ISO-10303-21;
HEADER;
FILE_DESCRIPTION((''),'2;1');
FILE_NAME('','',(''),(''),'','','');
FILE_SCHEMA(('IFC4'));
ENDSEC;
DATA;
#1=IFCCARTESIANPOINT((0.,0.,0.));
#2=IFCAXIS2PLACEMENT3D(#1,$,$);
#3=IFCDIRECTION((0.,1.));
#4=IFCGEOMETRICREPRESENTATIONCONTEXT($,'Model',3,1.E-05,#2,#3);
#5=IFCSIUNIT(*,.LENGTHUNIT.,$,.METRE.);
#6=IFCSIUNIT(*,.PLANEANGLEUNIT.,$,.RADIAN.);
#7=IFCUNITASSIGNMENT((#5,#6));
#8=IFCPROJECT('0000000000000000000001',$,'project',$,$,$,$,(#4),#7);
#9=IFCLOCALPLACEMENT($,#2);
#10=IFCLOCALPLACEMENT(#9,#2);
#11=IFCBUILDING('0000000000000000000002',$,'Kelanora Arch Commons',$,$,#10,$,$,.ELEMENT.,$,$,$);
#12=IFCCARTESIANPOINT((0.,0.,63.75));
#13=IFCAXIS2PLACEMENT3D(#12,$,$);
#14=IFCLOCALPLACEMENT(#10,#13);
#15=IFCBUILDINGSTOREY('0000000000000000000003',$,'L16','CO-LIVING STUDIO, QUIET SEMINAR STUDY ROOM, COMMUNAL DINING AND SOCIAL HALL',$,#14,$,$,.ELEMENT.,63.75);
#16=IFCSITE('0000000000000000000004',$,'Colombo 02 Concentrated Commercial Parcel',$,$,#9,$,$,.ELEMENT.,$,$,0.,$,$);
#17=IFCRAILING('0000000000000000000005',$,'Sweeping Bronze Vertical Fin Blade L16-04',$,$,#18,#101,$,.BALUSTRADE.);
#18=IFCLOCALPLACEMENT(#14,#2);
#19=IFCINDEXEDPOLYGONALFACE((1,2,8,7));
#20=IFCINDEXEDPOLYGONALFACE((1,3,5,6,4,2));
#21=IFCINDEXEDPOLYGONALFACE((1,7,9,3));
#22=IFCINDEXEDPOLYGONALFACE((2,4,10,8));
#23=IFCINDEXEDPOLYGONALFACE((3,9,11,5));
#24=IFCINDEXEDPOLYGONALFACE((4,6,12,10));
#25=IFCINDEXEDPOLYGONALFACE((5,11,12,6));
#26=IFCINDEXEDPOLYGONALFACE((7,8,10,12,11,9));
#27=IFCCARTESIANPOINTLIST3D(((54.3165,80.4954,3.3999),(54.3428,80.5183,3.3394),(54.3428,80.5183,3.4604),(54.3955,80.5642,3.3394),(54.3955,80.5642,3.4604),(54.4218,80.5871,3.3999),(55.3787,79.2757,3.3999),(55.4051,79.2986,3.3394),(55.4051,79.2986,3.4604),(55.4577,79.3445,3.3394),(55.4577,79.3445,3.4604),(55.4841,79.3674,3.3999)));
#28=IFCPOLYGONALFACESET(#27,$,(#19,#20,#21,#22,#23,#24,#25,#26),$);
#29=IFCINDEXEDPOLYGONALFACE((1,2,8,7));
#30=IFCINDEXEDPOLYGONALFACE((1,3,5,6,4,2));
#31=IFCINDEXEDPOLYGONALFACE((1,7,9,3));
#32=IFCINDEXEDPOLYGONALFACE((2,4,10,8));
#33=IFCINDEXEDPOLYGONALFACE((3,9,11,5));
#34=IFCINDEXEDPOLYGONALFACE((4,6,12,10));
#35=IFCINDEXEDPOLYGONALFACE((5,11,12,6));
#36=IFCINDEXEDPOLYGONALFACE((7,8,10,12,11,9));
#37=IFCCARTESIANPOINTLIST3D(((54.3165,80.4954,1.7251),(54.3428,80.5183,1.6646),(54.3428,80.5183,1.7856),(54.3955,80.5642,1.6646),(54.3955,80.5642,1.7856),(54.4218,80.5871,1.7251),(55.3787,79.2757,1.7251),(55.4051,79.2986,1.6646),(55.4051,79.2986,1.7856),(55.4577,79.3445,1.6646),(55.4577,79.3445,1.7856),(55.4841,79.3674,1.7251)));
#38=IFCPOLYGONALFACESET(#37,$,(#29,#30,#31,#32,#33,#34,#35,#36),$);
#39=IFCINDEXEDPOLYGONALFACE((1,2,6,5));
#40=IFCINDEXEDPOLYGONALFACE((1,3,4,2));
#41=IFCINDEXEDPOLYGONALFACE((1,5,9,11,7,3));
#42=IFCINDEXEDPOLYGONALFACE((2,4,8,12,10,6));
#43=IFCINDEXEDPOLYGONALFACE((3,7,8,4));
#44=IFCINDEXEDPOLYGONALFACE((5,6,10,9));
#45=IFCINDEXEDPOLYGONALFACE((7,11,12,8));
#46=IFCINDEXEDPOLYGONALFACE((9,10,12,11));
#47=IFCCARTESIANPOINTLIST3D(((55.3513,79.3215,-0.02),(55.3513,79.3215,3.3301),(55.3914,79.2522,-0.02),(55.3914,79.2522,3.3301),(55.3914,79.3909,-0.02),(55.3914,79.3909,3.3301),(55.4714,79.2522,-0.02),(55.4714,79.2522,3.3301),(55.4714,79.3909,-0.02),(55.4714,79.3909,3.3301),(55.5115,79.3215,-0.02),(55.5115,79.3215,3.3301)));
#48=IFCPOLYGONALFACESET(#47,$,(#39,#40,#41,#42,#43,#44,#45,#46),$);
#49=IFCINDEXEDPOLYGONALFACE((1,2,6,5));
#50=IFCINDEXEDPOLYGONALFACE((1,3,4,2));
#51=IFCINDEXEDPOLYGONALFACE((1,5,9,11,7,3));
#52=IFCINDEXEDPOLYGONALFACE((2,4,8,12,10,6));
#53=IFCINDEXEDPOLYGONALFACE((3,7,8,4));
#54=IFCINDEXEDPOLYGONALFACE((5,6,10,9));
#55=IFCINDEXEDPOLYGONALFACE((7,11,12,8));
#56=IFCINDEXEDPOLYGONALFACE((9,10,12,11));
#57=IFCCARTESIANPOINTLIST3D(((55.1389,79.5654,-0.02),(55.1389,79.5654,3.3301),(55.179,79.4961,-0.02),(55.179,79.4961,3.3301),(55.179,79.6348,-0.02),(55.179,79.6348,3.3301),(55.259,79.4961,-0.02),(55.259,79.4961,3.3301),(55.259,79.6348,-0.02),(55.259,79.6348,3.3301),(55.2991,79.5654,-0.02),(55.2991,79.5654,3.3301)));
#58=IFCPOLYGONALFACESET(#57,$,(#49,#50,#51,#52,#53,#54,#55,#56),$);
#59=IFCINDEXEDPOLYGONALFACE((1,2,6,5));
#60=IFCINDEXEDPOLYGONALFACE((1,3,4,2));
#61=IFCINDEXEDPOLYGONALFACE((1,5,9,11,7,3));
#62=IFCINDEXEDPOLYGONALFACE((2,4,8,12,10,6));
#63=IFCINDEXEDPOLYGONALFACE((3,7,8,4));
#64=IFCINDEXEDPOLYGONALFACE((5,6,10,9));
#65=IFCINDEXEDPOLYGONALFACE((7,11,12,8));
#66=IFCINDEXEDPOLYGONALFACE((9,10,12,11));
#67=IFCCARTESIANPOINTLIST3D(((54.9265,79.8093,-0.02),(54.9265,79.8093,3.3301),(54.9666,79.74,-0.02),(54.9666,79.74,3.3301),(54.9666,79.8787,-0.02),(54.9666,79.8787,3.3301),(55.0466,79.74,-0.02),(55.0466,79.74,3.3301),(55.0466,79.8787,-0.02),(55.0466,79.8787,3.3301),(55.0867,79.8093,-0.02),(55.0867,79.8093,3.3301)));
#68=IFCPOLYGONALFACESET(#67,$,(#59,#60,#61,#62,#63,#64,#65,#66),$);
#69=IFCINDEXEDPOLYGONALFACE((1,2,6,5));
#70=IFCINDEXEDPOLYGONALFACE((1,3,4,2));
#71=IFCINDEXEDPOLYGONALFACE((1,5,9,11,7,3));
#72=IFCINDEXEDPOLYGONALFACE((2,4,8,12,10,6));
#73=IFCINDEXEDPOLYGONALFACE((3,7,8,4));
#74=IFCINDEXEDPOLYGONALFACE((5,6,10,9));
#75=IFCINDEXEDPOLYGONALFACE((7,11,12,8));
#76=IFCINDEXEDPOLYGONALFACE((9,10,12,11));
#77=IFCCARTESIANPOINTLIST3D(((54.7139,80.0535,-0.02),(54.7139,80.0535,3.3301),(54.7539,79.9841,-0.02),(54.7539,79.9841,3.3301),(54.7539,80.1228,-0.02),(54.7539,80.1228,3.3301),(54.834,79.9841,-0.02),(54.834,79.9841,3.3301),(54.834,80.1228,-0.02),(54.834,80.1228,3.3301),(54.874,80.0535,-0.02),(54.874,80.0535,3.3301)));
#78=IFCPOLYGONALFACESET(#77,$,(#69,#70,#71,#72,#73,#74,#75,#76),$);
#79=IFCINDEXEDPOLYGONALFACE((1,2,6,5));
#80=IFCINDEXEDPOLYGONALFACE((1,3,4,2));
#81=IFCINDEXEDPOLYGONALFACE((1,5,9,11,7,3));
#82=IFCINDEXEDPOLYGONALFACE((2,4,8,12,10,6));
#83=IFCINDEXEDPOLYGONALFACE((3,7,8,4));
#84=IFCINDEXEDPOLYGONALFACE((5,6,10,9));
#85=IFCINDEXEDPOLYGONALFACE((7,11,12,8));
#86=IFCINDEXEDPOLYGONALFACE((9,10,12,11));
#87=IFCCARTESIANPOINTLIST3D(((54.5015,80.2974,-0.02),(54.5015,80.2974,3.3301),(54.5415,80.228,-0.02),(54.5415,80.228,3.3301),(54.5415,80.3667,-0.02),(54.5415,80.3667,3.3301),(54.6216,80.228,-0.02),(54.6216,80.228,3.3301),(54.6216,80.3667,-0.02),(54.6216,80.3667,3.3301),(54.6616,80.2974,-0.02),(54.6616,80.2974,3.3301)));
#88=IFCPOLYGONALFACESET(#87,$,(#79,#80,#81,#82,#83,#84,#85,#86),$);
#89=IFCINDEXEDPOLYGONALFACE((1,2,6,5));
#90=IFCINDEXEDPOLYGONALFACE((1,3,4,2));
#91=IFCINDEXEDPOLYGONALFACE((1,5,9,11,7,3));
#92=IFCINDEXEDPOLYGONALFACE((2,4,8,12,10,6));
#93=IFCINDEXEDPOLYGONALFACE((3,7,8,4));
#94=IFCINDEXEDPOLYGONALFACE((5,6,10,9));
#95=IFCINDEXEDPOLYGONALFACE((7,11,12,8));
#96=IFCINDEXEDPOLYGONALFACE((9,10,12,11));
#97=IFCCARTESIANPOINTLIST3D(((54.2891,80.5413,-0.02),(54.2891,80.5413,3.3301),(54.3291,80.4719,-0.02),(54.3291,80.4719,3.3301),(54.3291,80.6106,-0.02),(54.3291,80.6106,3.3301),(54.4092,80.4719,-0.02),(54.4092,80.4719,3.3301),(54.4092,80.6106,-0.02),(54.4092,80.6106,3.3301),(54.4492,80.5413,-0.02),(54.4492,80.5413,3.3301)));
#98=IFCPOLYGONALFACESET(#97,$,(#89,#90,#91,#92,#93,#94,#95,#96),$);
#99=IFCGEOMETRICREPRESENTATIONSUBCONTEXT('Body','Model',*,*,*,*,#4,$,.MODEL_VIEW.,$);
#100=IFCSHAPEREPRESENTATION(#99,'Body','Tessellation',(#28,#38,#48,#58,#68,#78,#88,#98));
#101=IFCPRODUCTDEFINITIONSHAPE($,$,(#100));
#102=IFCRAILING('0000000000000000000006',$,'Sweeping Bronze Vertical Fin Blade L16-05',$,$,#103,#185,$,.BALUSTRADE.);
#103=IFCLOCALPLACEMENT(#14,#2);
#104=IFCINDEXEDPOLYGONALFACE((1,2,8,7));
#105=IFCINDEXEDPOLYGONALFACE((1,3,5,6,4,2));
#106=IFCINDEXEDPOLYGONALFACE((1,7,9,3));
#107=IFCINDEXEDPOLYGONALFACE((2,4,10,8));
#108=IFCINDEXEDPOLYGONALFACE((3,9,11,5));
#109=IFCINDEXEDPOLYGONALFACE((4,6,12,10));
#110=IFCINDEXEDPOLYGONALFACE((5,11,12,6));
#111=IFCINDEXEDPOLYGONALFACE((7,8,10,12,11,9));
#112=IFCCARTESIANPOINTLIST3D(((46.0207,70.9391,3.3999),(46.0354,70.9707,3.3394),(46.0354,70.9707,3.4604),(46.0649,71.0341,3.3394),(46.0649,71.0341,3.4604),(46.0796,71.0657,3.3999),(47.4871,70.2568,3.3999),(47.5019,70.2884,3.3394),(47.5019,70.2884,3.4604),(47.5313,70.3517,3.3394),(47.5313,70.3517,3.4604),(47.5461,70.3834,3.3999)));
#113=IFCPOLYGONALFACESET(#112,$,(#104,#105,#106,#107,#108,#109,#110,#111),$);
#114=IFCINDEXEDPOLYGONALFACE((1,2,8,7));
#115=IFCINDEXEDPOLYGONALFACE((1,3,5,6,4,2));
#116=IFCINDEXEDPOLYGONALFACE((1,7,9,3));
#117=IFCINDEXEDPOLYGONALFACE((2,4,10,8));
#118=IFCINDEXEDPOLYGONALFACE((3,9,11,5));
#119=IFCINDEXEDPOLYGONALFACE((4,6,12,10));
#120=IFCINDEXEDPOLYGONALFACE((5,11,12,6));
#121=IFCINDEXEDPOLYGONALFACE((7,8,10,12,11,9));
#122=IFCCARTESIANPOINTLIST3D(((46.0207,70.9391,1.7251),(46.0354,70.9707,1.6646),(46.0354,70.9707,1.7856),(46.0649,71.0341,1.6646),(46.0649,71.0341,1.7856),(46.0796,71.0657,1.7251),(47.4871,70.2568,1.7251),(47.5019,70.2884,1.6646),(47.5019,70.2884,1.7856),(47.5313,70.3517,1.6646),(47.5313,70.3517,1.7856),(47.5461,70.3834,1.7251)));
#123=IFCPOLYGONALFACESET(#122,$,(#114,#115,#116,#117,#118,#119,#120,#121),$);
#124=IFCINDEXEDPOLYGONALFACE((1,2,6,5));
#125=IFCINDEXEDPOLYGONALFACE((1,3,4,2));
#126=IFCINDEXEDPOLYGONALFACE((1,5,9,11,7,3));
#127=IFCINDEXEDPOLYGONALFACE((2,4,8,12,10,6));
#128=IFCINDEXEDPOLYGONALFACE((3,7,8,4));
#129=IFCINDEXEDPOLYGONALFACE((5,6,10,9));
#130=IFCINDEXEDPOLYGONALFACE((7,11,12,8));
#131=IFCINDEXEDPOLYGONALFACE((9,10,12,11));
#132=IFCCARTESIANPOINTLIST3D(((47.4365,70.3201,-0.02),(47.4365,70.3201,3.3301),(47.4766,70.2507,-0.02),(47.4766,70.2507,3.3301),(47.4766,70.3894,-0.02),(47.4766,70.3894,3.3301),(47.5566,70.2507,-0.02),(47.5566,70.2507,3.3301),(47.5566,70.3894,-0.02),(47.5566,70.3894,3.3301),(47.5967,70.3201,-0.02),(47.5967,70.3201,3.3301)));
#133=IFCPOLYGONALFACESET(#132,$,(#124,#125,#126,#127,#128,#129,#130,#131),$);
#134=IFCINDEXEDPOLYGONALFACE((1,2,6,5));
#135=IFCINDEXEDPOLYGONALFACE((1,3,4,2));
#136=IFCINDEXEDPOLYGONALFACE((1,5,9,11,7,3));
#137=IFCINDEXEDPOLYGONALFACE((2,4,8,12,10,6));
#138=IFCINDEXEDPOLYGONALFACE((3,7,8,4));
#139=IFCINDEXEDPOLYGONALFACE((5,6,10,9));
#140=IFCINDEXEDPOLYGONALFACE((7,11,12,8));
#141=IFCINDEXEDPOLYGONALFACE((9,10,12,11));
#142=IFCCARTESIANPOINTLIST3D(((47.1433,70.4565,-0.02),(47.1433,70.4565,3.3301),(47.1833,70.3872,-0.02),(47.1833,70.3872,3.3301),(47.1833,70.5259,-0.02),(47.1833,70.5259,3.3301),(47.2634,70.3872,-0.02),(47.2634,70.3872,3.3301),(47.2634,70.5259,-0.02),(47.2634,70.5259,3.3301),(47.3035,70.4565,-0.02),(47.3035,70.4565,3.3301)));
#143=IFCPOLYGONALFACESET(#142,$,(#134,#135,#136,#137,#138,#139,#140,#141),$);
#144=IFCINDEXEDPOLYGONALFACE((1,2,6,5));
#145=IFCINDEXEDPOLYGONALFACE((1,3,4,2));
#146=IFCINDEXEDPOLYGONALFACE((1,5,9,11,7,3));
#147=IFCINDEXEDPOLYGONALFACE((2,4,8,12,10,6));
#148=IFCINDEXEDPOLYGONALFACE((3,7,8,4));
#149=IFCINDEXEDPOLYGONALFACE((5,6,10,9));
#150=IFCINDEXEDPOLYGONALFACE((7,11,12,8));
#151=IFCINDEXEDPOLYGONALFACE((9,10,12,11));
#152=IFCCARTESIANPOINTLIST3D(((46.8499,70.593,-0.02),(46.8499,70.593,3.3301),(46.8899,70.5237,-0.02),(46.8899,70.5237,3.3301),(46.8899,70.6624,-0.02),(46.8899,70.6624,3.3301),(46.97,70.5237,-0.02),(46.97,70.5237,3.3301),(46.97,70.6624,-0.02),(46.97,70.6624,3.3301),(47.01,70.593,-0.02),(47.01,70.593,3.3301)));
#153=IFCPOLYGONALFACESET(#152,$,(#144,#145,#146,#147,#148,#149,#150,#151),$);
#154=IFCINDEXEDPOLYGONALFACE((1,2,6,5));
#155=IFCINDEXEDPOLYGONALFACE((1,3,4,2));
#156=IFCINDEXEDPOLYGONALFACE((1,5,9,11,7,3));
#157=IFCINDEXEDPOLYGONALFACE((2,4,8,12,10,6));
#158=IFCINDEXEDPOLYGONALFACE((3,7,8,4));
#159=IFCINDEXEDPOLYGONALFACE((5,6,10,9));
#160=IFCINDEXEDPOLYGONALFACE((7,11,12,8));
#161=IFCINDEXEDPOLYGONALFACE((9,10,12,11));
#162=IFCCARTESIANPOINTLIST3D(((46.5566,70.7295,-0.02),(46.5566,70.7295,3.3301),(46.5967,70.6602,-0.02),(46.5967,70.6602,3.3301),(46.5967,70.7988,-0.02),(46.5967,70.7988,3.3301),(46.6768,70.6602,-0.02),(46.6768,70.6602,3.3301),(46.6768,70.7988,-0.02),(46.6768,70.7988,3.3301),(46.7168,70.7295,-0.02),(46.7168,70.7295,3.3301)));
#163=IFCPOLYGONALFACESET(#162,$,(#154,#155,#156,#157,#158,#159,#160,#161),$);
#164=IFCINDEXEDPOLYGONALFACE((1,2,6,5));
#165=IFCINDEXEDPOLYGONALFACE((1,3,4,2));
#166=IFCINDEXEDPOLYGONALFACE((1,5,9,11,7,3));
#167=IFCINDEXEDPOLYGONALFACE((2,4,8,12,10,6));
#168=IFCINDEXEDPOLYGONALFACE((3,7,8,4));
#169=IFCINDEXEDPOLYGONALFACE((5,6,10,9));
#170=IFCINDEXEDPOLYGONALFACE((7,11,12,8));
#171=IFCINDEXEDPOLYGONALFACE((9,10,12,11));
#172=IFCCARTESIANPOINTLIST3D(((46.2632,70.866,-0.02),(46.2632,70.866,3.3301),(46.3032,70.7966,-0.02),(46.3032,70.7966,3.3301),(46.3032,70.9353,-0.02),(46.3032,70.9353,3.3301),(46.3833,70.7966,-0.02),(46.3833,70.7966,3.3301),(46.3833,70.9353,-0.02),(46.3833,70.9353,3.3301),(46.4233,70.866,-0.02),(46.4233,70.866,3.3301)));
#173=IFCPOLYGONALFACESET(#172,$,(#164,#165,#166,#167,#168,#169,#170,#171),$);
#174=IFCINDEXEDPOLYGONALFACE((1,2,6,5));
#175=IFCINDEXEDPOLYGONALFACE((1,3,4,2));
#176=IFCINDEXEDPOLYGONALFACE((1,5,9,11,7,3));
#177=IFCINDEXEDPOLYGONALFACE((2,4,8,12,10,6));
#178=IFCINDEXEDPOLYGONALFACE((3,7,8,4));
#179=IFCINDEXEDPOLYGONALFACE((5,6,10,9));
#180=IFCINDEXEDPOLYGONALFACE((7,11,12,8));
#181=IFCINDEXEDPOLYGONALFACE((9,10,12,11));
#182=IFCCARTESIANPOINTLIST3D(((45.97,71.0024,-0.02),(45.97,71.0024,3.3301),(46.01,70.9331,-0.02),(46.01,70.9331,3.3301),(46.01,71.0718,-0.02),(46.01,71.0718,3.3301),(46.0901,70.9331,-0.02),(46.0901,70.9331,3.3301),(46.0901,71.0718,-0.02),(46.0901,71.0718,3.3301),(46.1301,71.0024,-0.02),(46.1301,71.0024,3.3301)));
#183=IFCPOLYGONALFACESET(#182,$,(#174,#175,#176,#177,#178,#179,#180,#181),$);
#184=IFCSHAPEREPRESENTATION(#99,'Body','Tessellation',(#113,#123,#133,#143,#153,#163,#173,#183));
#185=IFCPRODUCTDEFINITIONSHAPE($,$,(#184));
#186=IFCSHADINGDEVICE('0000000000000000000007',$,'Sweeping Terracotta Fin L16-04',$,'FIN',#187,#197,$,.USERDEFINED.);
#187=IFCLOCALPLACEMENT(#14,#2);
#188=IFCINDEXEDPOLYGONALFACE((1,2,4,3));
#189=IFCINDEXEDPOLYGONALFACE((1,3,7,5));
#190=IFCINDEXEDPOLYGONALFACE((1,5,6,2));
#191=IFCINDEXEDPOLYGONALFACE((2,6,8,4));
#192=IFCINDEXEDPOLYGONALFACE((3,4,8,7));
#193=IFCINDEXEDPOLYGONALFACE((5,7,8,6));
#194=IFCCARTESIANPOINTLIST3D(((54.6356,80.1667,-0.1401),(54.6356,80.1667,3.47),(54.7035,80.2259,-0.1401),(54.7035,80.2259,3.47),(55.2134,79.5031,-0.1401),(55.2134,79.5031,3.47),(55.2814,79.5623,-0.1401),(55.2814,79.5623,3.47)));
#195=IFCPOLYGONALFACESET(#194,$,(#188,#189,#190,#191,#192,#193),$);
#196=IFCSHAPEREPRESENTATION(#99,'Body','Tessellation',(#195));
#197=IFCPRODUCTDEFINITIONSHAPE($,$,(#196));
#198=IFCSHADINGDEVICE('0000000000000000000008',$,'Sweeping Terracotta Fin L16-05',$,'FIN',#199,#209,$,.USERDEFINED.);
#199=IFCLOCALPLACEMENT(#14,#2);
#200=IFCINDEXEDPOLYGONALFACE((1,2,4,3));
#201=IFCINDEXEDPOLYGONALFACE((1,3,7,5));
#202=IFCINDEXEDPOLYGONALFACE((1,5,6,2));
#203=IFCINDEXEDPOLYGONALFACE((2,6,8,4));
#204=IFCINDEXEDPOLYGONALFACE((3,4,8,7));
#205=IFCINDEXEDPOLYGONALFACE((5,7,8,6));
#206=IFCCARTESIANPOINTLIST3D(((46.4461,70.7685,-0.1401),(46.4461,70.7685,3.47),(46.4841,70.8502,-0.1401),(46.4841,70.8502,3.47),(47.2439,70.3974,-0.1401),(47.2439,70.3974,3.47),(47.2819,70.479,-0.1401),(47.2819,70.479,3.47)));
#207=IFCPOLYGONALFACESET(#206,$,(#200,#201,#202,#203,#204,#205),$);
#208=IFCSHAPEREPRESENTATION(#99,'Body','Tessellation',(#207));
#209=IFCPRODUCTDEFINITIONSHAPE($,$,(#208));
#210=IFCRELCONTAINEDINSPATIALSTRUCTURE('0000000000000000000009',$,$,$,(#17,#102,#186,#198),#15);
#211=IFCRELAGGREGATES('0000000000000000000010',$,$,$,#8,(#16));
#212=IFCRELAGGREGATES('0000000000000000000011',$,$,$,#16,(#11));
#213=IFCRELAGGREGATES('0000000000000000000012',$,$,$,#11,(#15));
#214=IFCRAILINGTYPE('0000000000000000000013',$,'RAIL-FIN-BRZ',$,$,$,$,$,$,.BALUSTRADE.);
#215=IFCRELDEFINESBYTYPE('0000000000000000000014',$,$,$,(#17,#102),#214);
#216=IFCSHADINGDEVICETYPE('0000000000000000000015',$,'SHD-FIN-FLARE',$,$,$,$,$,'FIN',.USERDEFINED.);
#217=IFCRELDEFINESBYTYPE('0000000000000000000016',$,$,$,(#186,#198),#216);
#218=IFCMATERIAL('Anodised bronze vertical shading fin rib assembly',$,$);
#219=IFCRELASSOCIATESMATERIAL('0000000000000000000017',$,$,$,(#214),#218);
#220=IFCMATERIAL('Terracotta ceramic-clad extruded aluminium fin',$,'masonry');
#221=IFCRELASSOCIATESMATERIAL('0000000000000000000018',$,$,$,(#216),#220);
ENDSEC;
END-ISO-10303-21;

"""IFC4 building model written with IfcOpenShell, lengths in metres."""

from ifc_helpers import new_model, si_unit, direction, frame, origin, origin_2d, place, context, subcontext, project, spatial, polyline, rectangle, outline, extrude, source, transform, mapped, material, type_object, element, save


model = new_model("IFC4")

# Units and contexts
model_context = context("Model", 3, precision=1e-05, world=origin(), true_north=direction((0.0, 1.0)))
body_context = subcontext(model_context, "Body", "Model", "MODEL_VIEW")
ifc_project = project(units=[si_unit("LENGTHUNIT", "METRE"), si_unit("PLANEANGLEUNIT", "RADIAN")], contexts=[model_context])

# Site, building, storey
site_placement = place(None, origin())
site = spatial("IfcSite", under=ifc_project, at=site_placement, Name="Colombo 02 Concentrated Commercial Parcel", CompositionType="ELEMENT", RefElevation=0.0)
building_placement = place(site_placement, origin())
building = spatial("IfcBuilding", under=site, at=building_placement, Name="Kelanora Arch Commons", CompositionType="ELEMENT")
storey_placement = place(building_placement, frame((0.0, 0.0, 63.75)))
storey = spatial("IfcBuildingStorey", under=building, at=storey_placement, Name="L16", Description="CO-LIVING STUDIO, QUIET SEMINAR STUDY ROOM, COMMUNAL DINING AND SOCIAL HALL", CompositionType="ELEMENT", Elevation=63.75)

# Railings
ifc_material_1 = material(Name="Anodised bronze vertical shading fin rib assembly")
railing_type = type_object("IfcRailingType", Name="RAIL-FIN-BRZ", PredefinedType="BALUSTRADE", material=ifc_material_1)
railing_1_placement = place(storey_placement, frame((55.4314, 79.3215, -0.02)))
element("IfcRailing", 1, at=railing_1_placement, inside=storey, type_object=railing_type, Name="Sweeping Bronze Vertical Fin Blade L16-04", PredefinedType="BALUSTRADE", context=body_context, shape_type="SweptSolid", body=[
    extrude(outline(polyline([(0.0698, 0.0), (0.0349, 0.0605), (-0.0349, 0.0605), (-0.0698, 0.0), (-0.0349, -0.0605), (0.0349, -0.0605), (0.0698, 0.0)])), frame((0.0, 0.0, 3.4199), z_axis=(-0.65675, 0.754108, 0.0), x_axis=(-0.754108, -0.65675, 0.0)), (0.0, 0.0, 1.0), 1.6174),
    extrude(outline(polyline([(0.0698, 0.0), (0.0349, 0.0605), (-0.0349, 0.0605), (-0.0698, 0.0), (-0.0349, -0.0605), (0.0349, -0.0605), (0.0698, 0.0)])), frame((0.0, 0.0, 1.7451), z_axis=(-0.65675, 0.754108, 0.0), x_axis=(-0.754108, -0.65675, 0.0)), (0.0, 0.0, 1.0), 1.6174),
    extrude(outline(polyline([(0.0801, 0.0), (0.04, 0.0693), (-0.04, 0.0693), (-0.0801, 0.0), (-0.04, -0.0693), (0.04, -0.0693), (0.0801, 0.0)])), origin(), (0.0, 0.0, 1.0), 3.3501),
    extrude(outline(polyline([(0.0801, 0.0), (0.04, 0.0693), (-0.04, 0.0693), (-0.0801, 0.0), (-0.04, -0.0693), (0.04, -0.0693), (0.0801, 0.0)])), frame((-0.2124, 0.2439, 0.0)), (0.0, 0.0, 1.0), 3.3501),
    extrude(outline(polyline([(0.0801, 0.0), (0.04, 0.0693), (-0.04, 0.0693), (-0.0801, 0.0), (-0.04, -0.0693), (0.04, -0.0693), (0.0801, 0.0)])), frame((-0.4248, 0.4878, 0.0)), (0.0, 0.0, 1.0), 3.3501),
    extrude(outline(polyline([(0.0801, 0.0), (0.04, 0.0693), (-0.04, 0.0693), (-0.0801, 0.0), (-0.04, -0.0693), (0.04, -0.0693), (0.0801, 0.0)])), frame((-0.6375, 0.7319, 0.0)), (0.0, 0.0, 1.0), 3.3501),
    extrude(outline(polyline([(0.0801, 0.0), (0.04, 0.0693), (-0.04, 0.0693), (-0.0801, 0.0), (-0.04, -0.0693), (0.04, -0.0693), (0.0801, 0.0)])), frame((-0.8499, 0.9758, 0.0)), (0.0, 0.0, 1.0), 3.3501),
    extrude(outline(polyline([(0.0801, 0.0), (0.04, 0.0693), (-0.04, 0.0693), (-0.0801, 0.0), (-0.04, -0.0693), (0.04, -0.0693), (0.0801, 0.0)])), frame((-1.0623, 1.2197, 0.0)), (0.0, 0.0, 1.0), 3.3501),
])
railing_2_placement = place(storey_placement, frame((47.5166, 70.3201, -0.02)))
element("IfcRailing", 2, at=railing_2_placement, inside=storey, type_object=railing_type, Name="Sweeping Bronze Vertical Fin Blade L16-05", PredefinedType="BALUSTRADE", context=body_context, shape_type="SweptSolid", body=[
    extrude(outline(polyline([(0.0698, 0.0), (0.0349, 0.0605), (-0.0349, 0.0605), (-0.0698, 0.0), (-0.0349, -0.0605), (0.0349, -0.0605), (0.0698, 0.0)])), frame((0.0, 0.0, 3.4199), z_axis=(-0.906661, 0.421861, 0.0), x_axis=(-0.421861, -0.906661, 0.0)), (0.0, 0.0, 1.0), 1.6174),
    extrude(outline(polyline([(0.0698, 0.0), (0.0349, 0.0605), (-0.0349, 0.0605), (-0.0698, 0.0), (-0.0349, -0.0605), (0.0349, -0.0605), (0.0698, 0.0)])), frame((0.0, 0.0, 1.7451), z_axis=(-0.906661, 0.421861, 0.0), x_axis=(-0.421861, -0.906661, 0.0)), (0.0, 0.0, 1.0), 1.6174),
    extrude(outline(polyline([(0.0801, 0.0), (0.04, 0.0693), (-0.04, 0.0693), (-0.0801, 0.0), (-0.04, -0.0693), (0.04, -0.0693), (0.0801, 0.0)])), origin(), (0.0, 0.0, 1.0), 3.3501),
    extrude(outline(polyline([(0.0801, 0.0), (0.04, 0.0693), (-0.04, 0.0693), (-0.0801, 0.0), (-0.04, -0.0693), (0.04, -0.0693), (0.0801, 0.0)])), frame((-0.2932, 0.1365, 0.0)), (0.0, 0.0, 1.0), 3.3501),
    extrude(outline(polyline([(0.0801, 0.0), (0.04, 0.0693), (-0.04, 0.0693), (-0.0801, 0.0), (-0.04, -0.0693), (0.04, -0.0693), (0.0801, 0.0)])), frame((-0.5867, 0.2729, 0.0)), (0.0, 0.0, 1.0), 3.3501),
    extrude(outline(polyline([(0.0801, 0.0), (0.04, 0.0693), (-0.04, 0.0693), (-0.0801, 0.0), (-0.04, -0.0693), (0.04, -0.0693), (0.0801, 0.0)])), frame((-0.8799, 0.4094, 0.0)), (0.0, 0.0, 1.0), 3.3501),
    extrude(outline(polyline([(0.0801, 0.0), (0.04, 0.0693), (-0.04, 0.0693), (-0.0801, 0.0), (-0.04, -0.0693), (0.04, -0.0693), (0.0801, 0.0)])), frame((-1.1733, 0.5459, 0.0)), (0.0, 0.0, 1.0), 3.3501),
    extrude(outline(polyline([(0.0801, 0.0), (0.04, 0.0693), (-0.04, 0.0693), (-0.0801, 0.0), (-0.04, -0.0693), (0.04, -0.0693), (0.0801, 0.0)])), frame((-1.4666, 0.6824, 0.0)), (0.0, 0.0, 1.0), 3.3501),
])

# Shading devices
ifc_material_2 = material(Name="Terracotta ceramic-clad extruded aluminium fin", Category="masonry")
shading_device_type = type_object("IfcShadingDeviceType", Name="SHD-FIN-FLARE", ElementType="FIN", PredefinedType="USERDEFINED", material=ifc_material_2)
shared_shape_1 = source(origin(), body_context, "Body", "SweptSolid", [
    extrude(rectangle(XDim=0.8799, YDim=0.0901, at=origin_2d()), origin(), (0.0, 0.0, 1.0), 3.6101),
])
for number, where, z_axis, x_axis, name in (
    (3, (54.9585, 79.8645, -0.1401), (0.0, 0.0, 1.0), (-0.656717, 0.754137, 0.0), "Sweeping Terracotta Fin L16-04"),
    (4, (46.864, 70.6238, -0.1401), (0.0, 0.0, 1.0), (-0.906676, 0.421827, 0.0), "Sweeping Terracotta Fin L16-05"),
):
    element("IfcShadingDevice", number, at=place(storey_placement, frame(where, z_axis=z_axis, x_axis=x_axis)), inside=storey, type_object=shading_device_type, Name=name, ObjectType="FIN", PredefinedType="USERDEFINED", context=body_context, shape_type="MappedRepresentation", body=[
        mapped(shared_shape_1, transform((0.0, 0.0, 0.0), scale=1.0)),
    ])

save(model, "model.ifc")
